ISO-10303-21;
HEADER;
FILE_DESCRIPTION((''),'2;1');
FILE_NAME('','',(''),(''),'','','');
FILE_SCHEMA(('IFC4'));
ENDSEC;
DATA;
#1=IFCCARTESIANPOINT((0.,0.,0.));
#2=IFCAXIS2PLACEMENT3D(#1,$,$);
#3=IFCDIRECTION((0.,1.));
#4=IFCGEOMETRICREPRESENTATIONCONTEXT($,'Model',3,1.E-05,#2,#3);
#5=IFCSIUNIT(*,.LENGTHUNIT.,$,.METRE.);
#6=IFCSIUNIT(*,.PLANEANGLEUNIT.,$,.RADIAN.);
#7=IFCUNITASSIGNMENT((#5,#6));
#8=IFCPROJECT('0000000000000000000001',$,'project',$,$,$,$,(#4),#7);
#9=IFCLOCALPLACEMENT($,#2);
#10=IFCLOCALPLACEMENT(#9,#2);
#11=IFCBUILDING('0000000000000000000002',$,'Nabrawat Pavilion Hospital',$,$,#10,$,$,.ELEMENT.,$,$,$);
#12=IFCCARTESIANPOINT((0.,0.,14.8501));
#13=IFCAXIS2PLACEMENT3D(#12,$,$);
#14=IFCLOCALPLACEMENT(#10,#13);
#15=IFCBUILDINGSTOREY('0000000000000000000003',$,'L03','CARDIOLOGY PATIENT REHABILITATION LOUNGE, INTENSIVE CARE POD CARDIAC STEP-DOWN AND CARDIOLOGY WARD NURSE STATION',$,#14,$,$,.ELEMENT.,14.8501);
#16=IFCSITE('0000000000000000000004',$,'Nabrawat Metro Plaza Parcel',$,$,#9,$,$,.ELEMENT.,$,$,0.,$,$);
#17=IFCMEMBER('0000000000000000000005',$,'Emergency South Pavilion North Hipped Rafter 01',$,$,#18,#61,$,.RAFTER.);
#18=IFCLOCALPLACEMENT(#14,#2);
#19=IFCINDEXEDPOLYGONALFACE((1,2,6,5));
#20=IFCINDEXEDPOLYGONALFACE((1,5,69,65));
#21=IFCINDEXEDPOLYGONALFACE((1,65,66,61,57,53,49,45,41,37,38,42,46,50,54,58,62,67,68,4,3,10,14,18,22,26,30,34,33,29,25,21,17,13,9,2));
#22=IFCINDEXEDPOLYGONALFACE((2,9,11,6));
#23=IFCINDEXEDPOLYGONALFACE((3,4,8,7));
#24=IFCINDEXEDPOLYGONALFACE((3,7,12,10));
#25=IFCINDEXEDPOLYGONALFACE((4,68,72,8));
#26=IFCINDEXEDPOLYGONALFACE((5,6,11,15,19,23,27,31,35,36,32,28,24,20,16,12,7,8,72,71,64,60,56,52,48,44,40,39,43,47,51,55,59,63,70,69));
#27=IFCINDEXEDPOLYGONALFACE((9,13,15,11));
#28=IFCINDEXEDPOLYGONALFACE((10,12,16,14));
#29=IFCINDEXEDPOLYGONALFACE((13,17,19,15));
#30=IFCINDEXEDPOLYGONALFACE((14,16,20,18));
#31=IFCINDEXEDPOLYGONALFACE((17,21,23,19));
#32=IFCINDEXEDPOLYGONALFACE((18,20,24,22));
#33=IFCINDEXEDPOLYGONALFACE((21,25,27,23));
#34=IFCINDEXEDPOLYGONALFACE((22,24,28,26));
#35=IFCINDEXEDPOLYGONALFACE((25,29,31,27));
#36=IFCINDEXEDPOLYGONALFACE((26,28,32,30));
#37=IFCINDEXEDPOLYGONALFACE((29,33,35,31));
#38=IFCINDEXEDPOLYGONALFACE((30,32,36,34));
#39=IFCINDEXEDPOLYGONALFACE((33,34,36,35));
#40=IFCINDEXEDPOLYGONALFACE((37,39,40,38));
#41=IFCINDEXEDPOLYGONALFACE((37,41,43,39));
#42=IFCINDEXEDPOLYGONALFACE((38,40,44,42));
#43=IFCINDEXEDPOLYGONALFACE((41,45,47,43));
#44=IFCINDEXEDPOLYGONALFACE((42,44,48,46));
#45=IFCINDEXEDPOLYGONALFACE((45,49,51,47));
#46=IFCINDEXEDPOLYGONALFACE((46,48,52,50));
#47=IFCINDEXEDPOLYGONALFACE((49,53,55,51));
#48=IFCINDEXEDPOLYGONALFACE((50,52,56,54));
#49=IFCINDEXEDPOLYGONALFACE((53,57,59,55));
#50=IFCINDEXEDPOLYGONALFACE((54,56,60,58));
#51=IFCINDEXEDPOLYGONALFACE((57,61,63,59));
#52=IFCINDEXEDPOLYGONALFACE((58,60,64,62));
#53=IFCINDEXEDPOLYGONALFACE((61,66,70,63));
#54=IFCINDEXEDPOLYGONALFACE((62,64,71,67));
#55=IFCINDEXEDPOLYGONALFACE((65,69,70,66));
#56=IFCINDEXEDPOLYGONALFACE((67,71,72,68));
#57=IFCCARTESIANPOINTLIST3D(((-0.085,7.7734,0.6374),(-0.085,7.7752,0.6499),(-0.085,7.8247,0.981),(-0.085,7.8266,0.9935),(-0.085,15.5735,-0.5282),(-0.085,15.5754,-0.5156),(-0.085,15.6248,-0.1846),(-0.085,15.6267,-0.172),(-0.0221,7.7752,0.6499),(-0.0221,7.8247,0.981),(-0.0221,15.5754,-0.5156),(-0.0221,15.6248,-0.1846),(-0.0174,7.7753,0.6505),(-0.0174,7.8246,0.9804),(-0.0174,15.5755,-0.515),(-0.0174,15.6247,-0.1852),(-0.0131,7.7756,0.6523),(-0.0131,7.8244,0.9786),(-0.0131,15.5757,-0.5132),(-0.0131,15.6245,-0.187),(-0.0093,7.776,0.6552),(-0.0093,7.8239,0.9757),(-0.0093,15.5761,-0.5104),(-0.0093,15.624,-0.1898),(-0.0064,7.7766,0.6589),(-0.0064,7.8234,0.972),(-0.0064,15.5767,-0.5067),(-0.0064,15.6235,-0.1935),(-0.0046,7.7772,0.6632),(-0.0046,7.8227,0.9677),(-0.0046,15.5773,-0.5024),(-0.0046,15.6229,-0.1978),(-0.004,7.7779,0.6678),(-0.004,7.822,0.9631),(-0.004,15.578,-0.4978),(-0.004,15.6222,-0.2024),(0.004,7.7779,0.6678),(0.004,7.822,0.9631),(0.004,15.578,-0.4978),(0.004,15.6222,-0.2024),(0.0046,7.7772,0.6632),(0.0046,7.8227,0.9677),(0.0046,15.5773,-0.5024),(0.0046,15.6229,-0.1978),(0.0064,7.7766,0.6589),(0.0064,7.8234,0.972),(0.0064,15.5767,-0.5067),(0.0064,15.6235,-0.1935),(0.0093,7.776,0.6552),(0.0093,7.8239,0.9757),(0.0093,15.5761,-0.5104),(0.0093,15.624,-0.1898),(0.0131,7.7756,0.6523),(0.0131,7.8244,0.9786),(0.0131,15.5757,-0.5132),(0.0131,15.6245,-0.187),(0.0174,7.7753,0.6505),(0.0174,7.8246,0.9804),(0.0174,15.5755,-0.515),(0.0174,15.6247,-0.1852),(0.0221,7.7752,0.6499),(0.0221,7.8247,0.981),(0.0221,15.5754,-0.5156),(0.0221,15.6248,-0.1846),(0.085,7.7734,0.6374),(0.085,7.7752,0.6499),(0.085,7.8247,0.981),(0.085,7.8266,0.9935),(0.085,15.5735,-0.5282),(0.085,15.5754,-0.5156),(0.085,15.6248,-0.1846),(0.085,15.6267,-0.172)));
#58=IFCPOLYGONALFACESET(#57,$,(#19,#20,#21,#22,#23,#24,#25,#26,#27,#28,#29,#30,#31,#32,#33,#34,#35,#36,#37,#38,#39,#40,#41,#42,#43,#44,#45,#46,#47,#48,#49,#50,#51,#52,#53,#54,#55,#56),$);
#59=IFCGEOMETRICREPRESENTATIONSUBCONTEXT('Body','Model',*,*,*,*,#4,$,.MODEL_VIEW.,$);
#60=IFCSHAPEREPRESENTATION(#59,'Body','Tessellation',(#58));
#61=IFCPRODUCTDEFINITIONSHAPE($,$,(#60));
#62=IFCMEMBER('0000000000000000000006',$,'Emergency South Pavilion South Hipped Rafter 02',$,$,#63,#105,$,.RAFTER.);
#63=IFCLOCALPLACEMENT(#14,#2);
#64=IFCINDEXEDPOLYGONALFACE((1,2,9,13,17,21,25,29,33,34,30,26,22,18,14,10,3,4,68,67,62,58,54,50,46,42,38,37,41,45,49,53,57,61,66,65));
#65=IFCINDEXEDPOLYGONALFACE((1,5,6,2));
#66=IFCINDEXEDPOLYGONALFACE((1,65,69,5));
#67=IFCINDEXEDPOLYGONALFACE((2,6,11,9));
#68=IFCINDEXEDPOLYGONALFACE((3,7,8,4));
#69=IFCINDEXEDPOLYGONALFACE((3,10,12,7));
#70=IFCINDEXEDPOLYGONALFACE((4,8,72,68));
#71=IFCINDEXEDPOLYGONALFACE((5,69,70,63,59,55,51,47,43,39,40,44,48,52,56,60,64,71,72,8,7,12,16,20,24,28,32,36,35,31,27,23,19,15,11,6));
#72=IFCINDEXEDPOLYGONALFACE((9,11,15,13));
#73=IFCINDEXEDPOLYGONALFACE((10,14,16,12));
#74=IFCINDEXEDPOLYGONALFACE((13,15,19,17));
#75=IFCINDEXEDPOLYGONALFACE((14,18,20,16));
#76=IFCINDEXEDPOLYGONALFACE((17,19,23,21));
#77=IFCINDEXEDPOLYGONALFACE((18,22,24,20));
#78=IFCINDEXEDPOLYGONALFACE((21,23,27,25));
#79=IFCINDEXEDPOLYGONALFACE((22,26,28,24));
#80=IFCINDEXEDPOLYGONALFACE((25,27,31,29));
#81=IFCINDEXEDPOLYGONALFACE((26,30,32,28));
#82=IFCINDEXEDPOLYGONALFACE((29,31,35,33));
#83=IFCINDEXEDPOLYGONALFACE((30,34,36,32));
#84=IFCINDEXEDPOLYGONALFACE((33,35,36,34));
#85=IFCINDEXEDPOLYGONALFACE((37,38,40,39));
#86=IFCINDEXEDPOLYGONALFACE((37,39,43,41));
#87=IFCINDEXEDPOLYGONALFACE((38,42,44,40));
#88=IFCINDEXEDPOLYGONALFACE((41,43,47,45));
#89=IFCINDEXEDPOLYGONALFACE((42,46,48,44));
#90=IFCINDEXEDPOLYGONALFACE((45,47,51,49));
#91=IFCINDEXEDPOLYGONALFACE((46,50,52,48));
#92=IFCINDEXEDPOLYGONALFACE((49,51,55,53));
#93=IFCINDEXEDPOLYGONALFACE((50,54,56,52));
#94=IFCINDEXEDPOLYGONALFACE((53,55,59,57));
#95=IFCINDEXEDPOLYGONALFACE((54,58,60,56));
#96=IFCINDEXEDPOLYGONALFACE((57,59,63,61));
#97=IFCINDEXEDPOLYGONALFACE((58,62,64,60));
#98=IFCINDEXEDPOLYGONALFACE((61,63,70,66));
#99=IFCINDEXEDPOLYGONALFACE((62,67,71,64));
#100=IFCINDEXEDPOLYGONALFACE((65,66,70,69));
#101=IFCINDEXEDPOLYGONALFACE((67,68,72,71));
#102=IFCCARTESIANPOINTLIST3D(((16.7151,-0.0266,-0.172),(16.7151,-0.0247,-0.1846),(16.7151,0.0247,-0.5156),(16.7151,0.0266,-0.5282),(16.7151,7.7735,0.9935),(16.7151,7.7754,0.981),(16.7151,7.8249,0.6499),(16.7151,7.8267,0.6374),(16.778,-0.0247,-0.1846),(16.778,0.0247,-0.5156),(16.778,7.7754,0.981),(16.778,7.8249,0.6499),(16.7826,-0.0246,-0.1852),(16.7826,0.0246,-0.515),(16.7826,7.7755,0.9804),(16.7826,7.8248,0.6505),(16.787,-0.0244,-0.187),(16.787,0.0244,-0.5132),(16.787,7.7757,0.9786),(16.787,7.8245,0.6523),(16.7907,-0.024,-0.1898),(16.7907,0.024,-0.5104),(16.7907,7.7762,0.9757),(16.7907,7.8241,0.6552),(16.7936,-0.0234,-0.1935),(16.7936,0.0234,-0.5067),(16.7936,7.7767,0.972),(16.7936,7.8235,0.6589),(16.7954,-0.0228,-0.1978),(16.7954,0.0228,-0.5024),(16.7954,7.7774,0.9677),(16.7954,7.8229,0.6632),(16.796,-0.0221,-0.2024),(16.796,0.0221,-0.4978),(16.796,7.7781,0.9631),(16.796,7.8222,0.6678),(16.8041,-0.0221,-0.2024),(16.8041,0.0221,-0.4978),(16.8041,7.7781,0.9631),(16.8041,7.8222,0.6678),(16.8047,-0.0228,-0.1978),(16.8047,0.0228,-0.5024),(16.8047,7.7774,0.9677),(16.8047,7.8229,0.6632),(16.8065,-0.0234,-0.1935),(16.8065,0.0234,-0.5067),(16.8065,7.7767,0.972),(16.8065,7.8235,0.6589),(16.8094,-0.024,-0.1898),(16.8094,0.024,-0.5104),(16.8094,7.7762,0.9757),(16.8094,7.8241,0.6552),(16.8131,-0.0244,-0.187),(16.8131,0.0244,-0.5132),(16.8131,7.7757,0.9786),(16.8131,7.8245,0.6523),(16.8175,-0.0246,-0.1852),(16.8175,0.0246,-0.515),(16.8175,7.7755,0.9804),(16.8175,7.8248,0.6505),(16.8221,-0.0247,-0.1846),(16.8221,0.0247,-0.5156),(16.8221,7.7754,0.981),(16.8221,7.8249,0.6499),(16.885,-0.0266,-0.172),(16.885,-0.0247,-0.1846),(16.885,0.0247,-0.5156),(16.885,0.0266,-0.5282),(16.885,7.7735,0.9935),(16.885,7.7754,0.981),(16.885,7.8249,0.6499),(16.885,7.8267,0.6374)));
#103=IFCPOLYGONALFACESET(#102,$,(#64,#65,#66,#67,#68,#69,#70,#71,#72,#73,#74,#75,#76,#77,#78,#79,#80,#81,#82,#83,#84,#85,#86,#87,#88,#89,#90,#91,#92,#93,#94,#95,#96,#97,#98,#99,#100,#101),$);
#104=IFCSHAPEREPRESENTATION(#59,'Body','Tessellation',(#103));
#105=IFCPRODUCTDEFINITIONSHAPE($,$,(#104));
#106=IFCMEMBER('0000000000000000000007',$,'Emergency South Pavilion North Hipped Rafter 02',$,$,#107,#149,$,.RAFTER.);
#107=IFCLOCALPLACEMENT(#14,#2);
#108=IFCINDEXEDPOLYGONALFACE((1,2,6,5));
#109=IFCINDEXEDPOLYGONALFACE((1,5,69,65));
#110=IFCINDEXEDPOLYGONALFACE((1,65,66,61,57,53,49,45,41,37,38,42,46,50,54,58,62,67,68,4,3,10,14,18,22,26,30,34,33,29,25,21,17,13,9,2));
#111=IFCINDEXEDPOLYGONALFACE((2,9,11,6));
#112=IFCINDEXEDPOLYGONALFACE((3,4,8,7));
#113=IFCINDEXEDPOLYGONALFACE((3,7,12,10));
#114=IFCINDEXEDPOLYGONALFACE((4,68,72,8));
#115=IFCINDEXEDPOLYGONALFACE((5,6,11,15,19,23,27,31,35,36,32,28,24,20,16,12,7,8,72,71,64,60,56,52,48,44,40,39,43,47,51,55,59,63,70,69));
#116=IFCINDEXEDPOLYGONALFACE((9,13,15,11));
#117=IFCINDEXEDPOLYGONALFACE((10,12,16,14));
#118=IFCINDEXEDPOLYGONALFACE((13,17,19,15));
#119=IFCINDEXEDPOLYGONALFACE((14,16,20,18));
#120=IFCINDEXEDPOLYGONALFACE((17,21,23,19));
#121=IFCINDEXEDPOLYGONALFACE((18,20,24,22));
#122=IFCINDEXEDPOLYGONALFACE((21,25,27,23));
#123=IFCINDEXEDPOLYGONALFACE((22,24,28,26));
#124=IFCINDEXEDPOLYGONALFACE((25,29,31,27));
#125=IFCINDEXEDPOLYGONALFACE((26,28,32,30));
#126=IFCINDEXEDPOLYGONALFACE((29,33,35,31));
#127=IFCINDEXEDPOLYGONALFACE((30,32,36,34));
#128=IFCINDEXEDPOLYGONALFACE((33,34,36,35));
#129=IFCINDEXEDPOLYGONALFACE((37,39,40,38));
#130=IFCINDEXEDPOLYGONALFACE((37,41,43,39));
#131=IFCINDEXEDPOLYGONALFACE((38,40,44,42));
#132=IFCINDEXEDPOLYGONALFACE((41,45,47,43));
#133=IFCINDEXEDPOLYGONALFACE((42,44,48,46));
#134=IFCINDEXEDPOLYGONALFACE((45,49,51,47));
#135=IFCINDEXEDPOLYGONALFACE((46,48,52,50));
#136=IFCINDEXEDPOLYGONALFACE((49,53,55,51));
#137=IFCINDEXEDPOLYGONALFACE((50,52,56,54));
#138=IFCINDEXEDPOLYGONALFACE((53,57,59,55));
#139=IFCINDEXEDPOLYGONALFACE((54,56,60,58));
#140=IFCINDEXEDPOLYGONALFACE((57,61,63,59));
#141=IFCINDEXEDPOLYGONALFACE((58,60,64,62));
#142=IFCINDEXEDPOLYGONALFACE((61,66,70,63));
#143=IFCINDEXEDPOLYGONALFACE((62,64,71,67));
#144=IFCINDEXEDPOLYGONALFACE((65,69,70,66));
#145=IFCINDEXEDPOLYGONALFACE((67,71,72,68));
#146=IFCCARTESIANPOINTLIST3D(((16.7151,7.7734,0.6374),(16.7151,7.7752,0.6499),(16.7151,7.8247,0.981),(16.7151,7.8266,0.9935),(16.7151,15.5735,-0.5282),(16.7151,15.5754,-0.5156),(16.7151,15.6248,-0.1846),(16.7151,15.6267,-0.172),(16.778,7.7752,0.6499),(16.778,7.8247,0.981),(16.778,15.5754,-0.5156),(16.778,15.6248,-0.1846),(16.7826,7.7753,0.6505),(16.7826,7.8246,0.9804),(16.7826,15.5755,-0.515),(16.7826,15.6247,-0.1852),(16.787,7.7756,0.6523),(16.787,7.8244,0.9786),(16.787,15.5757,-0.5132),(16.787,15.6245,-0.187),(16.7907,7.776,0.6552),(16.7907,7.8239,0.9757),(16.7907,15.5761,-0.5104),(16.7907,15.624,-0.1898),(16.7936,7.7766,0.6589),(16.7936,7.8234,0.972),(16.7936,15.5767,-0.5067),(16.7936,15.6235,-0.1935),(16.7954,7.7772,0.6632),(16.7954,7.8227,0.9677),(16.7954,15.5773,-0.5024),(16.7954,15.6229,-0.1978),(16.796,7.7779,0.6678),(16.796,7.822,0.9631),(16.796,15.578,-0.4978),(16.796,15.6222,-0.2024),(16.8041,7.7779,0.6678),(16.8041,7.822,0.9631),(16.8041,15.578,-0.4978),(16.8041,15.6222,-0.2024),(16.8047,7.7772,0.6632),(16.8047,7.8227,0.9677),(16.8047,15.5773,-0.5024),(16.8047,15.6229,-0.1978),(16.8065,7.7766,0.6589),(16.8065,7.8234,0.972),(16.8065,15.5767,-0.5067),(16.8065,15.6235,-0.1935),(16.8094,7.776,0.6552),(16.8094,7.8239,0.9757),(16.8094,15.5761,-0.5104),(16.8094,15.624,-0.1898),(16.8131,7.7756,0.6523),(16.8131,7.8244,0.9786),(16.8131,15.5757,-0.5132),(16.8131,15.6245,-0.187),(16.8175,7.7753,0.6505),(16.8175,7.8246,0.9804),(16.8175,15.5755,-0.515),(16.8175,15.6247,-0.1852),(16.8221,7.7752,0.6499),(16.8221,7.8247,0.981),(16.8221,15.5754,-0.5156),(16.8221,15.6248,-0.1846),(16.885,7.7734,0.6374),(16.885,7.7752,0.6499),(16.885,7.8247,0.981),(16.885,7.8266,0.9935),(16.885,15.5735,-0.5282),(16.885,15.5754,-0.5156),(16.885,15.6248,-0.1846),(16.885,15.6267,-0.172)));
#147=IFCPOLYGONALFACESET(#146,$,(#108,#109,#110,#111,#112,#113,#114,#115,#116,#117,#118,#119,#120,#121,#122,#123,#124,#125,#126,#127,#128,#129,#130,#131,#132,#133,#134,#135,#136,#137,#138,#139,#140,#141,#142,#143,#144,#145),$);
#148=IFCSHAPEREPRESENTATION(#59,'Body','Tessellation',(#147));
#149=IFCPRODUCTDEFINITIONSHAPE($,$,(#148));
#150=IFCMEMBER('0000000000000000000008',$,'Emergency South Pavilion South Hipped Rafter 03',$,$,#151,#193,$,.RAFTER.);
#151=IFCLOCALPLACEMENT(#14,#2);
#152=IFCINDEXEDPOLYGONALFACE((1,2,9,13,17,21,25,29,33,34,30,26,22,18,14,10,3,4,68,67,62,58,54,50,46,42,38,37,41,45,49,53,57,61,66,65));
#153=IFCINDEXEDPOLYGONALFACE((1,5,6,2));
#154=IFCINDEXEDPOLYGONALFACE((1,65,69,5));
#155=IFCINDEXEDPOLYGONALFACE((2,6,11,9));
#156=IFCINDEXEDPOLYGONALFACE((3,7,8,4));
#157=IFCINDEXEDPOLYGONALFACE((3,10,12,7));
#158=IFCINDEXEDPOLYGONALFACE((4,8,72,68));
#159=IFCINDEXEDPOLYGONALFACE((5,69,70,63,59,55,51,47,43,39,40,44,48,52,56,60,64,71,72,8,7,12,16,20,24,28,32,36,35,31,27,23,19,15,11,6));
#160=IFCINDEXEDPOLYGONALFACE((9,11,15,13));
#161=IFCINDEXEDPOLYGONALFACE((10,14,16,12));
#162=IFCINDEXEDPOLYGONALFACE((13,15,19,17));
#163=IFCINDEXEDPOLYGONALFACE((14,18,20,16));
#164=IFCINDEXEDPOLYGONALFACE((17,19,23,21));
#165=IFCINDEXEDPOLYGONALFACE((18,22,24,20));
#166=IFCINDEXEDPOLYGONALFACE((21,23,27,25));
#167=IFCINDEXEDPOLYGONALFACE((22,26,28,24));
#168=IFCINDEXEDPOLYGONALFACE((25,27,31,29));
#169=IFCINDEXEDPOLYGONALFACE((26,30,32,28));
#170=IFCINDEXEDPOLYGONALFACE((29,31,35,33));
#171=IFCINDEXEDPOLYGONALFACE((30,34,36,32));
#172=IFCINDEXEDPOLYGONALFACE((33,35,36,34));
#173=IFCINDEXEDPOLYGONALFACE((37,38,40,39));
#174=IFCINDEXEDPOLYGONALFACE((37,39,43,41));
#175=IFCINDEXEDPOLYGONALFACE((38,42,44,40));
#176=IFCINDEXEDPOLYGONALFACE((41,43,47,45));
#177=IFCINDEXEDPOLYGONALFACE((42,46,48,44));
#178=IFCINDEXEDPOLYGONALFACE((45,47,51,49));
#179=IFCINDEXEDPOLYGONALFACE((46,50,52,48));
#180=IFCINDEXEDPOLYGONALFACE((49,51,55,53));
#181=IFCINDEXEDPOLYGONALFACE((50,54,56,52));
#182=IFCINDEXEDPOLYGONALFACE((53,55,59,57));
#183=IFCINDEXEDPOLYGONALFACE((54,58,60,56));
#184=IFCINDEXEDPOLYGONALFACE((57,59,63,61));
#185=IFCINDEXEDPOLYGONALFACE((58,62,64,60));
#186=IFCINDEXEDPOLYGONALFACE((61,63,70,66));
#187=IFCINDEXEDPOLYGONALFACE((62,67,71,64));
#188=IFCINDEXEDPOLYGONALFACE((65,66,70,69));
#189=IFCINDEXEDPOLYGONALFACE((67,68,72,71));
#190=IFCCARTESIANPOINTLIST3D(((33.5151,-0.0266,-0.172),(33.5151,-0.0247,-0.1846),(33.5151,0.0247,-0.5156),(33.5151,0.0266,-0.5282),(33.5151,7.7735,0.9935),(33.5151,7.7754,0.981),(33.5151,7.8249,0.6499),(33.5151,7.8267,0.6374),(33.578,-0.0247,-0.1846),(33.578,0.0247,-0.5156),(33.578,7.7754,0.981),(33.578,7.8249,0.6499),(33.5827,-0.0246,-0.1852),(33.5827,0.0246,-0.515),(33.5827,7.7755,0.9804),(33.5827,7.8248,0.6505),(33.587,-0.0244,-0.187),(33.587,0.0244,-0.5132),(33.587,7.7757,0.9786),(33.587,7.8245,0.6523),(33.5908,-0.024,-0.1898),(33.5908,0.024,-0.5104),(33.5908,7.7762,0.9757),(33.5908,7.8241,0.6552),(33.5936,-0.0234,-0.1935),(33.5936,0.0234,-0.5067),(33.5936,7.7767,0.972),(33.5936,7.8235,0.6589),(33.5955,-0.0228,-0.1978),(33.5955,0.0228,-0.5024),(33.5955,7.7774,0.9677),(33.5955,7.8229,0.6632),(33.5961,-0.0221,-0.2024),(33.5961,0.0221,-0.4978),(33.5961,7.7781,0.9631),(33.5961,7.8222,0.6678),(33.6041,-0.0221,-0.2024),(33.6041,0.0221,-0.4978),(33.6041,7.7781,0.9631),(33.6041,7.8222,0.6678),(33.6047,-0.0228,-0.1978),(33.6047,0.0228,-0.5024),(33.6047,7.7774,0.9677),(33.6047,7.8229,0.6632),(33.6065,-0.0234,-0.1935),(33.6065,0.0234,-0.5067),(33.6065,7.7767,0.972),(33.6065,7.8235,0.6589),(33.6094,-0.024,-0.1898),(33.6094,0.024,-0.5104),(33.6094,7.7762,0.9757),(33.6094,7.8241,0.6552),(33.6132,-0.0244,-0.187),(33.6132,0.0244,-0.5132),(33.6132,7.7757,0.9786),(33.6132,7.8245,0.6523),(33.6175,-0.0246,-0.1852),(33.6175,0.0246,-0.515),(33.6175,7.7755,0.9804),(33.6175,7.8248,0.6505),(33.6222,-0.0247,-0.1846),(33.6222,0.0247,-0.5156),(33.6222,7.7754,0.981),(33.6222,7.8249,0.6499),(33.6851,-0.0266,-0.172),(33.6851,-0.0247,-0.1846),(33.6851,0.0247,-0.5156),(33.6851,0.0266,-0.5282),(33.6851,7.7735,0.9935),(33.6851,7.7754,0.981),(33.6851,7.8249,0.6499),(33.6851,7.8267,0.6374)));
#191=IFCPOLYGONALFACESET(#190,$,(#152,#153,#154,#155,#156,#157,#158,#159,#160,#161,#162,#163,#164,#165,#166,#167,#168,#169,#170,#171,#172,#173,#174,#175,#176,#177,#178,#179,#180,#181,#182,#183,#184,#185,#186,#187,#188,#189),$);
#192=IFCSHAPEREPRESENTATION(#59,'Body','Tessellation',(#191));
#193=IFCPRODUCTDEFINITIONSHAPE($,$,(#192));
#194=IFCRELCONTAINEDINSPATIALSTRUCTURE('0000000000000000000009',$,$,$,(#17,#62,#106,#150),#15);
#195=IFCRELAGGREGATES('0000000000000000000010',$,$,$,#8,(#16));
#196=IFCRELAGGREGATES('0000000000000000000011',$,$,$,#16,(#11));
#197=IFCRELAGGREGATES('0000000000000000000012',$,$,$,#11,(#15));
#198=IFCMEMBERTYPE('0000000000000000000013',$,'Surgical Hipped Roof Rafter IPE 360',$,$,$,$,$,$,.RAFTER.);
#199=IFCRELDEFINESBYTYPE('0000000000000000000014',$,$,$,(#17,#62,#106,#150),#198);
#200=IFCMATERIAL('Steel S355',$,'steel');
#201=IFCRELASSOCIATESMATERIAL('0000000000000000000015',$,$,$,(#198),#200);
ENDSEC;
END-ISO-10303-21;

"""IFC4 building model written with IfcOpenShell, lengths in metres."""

from ifc_helpers import new_model, si_unit, direction, frame, origin, origin_2d, place, context, subcontext, project, spatial, i_section, extrude, material, material_profile, profile_set, type_object, element, save


model = new_model("IFC4")

# Units and contexts
model_context = context("Model", 3, precision=1e-05, world=origin(), true_north=direction((0.0, 1.0)))
body_context = subcontext(model_context, "Body", "Model", "MODEL_VIEW")
ifc_project = project(units=[si_unit("LENGTHUNIT", "METRE"), si_unit("PLANEANGLEUNIT", "RADIAN")], contexts=[model_context])

# Site, building, storey
site_placement = place(None, origin())
site = spatial("IfcSite", under=ifc_project, at=site_placement, Name="Nabrawat Metro Plaza Parcel", CompositionType="ELEMENT", RefElevation=0.0)
building_placement = place(site_placement, origin())
building = spatial("IfcBuilding", under=site, at=building_placement, Name="Nabrawat Pavilion Hospital", CompositionType="ELEMENT")
storey_placement = place(building_placement, frame((0.0, 0.0, 14.8501)))
storey = spatial("IfcBuildingStorey", under=building, at=storey_placement, Name="L03", Description="CARDIOLOGY PATIENT REHABILITATION LOUNGE, INTENSIVE CARE POD CARDIAC STEP-DOWN AND CARDIOLOGY WARD NURSE STATION", CompositionType="ELEMENT", Elevation=14.8501)

# Members
ifc_material_1 = material(Name="Steel S355", Category="steel")
ifc_material_profile_1 = material_profile(ifc_material_1, i_section(OverallWidth=0.1699, OverallDepth=0.3601, WebThickness=0.0081, FlangeThickness=0.0127, FilletRadius=0.0181, at=origin_2d()), Name="IPE 360")
ifc_profile_set_1 = profile_set([ifc_material_profile_1], Name="Steel S355")
member_type_1 = type_object("IfcMemberType", Name="Surgical Hipped Roof Rafter IPE 360", PredefinedType="RAFTER", material=ifc_profile_set_1)
for number, where, z_axis, x_axis, name in (
    (1, (0.0, 15.6001, -0.3501), (0.0, -0.98902, 0.147785), (1.0, 0.0, 0.0), "Emergency South Pavilion North Hipped Rafter 01"),
    (2, (16.8, 0.0, -0.3501), (0.0, 0.98902, 0.147785), (-1.0, 0.0, 0.0), "Emergency South Pavilion South Hipped Rafter 02"),
    (3, (16.8, 15.6001, -0.3501), (0.0, -0.98902, 0.147785), (1.0, 0.0, 0.0), "Emergency South Pavilion North Hipped Rafter 02"),
    (4, (33.6001, 0.0, -0.3501), (0.0, 0.98902, 0.147785), (-1.0, 0.0, 0.0), "Emergency South Pavilion South Hipped Rafter 03"),
):
    element("IfcMember", number, at=place(storey_placement, frame(where, z_axis=z_axis, x_axis=x_axis)), inside=storey, type_object=member_type_1, Name=name, PredefinedType="RAFTER", context=body_context, shape_type="SweptSolid", body=[
        extrude(i_section(OverallWidth=0.1699, OverallDepth=0.3601, WebThickness=0.0081, FlangeThickness=0.0127, FilletRadius=0.0181, at=origin_2d()), origin(), (0.0, 0.0, 1.0), 7.8867),
    ])

save(model, "model.ifc")
